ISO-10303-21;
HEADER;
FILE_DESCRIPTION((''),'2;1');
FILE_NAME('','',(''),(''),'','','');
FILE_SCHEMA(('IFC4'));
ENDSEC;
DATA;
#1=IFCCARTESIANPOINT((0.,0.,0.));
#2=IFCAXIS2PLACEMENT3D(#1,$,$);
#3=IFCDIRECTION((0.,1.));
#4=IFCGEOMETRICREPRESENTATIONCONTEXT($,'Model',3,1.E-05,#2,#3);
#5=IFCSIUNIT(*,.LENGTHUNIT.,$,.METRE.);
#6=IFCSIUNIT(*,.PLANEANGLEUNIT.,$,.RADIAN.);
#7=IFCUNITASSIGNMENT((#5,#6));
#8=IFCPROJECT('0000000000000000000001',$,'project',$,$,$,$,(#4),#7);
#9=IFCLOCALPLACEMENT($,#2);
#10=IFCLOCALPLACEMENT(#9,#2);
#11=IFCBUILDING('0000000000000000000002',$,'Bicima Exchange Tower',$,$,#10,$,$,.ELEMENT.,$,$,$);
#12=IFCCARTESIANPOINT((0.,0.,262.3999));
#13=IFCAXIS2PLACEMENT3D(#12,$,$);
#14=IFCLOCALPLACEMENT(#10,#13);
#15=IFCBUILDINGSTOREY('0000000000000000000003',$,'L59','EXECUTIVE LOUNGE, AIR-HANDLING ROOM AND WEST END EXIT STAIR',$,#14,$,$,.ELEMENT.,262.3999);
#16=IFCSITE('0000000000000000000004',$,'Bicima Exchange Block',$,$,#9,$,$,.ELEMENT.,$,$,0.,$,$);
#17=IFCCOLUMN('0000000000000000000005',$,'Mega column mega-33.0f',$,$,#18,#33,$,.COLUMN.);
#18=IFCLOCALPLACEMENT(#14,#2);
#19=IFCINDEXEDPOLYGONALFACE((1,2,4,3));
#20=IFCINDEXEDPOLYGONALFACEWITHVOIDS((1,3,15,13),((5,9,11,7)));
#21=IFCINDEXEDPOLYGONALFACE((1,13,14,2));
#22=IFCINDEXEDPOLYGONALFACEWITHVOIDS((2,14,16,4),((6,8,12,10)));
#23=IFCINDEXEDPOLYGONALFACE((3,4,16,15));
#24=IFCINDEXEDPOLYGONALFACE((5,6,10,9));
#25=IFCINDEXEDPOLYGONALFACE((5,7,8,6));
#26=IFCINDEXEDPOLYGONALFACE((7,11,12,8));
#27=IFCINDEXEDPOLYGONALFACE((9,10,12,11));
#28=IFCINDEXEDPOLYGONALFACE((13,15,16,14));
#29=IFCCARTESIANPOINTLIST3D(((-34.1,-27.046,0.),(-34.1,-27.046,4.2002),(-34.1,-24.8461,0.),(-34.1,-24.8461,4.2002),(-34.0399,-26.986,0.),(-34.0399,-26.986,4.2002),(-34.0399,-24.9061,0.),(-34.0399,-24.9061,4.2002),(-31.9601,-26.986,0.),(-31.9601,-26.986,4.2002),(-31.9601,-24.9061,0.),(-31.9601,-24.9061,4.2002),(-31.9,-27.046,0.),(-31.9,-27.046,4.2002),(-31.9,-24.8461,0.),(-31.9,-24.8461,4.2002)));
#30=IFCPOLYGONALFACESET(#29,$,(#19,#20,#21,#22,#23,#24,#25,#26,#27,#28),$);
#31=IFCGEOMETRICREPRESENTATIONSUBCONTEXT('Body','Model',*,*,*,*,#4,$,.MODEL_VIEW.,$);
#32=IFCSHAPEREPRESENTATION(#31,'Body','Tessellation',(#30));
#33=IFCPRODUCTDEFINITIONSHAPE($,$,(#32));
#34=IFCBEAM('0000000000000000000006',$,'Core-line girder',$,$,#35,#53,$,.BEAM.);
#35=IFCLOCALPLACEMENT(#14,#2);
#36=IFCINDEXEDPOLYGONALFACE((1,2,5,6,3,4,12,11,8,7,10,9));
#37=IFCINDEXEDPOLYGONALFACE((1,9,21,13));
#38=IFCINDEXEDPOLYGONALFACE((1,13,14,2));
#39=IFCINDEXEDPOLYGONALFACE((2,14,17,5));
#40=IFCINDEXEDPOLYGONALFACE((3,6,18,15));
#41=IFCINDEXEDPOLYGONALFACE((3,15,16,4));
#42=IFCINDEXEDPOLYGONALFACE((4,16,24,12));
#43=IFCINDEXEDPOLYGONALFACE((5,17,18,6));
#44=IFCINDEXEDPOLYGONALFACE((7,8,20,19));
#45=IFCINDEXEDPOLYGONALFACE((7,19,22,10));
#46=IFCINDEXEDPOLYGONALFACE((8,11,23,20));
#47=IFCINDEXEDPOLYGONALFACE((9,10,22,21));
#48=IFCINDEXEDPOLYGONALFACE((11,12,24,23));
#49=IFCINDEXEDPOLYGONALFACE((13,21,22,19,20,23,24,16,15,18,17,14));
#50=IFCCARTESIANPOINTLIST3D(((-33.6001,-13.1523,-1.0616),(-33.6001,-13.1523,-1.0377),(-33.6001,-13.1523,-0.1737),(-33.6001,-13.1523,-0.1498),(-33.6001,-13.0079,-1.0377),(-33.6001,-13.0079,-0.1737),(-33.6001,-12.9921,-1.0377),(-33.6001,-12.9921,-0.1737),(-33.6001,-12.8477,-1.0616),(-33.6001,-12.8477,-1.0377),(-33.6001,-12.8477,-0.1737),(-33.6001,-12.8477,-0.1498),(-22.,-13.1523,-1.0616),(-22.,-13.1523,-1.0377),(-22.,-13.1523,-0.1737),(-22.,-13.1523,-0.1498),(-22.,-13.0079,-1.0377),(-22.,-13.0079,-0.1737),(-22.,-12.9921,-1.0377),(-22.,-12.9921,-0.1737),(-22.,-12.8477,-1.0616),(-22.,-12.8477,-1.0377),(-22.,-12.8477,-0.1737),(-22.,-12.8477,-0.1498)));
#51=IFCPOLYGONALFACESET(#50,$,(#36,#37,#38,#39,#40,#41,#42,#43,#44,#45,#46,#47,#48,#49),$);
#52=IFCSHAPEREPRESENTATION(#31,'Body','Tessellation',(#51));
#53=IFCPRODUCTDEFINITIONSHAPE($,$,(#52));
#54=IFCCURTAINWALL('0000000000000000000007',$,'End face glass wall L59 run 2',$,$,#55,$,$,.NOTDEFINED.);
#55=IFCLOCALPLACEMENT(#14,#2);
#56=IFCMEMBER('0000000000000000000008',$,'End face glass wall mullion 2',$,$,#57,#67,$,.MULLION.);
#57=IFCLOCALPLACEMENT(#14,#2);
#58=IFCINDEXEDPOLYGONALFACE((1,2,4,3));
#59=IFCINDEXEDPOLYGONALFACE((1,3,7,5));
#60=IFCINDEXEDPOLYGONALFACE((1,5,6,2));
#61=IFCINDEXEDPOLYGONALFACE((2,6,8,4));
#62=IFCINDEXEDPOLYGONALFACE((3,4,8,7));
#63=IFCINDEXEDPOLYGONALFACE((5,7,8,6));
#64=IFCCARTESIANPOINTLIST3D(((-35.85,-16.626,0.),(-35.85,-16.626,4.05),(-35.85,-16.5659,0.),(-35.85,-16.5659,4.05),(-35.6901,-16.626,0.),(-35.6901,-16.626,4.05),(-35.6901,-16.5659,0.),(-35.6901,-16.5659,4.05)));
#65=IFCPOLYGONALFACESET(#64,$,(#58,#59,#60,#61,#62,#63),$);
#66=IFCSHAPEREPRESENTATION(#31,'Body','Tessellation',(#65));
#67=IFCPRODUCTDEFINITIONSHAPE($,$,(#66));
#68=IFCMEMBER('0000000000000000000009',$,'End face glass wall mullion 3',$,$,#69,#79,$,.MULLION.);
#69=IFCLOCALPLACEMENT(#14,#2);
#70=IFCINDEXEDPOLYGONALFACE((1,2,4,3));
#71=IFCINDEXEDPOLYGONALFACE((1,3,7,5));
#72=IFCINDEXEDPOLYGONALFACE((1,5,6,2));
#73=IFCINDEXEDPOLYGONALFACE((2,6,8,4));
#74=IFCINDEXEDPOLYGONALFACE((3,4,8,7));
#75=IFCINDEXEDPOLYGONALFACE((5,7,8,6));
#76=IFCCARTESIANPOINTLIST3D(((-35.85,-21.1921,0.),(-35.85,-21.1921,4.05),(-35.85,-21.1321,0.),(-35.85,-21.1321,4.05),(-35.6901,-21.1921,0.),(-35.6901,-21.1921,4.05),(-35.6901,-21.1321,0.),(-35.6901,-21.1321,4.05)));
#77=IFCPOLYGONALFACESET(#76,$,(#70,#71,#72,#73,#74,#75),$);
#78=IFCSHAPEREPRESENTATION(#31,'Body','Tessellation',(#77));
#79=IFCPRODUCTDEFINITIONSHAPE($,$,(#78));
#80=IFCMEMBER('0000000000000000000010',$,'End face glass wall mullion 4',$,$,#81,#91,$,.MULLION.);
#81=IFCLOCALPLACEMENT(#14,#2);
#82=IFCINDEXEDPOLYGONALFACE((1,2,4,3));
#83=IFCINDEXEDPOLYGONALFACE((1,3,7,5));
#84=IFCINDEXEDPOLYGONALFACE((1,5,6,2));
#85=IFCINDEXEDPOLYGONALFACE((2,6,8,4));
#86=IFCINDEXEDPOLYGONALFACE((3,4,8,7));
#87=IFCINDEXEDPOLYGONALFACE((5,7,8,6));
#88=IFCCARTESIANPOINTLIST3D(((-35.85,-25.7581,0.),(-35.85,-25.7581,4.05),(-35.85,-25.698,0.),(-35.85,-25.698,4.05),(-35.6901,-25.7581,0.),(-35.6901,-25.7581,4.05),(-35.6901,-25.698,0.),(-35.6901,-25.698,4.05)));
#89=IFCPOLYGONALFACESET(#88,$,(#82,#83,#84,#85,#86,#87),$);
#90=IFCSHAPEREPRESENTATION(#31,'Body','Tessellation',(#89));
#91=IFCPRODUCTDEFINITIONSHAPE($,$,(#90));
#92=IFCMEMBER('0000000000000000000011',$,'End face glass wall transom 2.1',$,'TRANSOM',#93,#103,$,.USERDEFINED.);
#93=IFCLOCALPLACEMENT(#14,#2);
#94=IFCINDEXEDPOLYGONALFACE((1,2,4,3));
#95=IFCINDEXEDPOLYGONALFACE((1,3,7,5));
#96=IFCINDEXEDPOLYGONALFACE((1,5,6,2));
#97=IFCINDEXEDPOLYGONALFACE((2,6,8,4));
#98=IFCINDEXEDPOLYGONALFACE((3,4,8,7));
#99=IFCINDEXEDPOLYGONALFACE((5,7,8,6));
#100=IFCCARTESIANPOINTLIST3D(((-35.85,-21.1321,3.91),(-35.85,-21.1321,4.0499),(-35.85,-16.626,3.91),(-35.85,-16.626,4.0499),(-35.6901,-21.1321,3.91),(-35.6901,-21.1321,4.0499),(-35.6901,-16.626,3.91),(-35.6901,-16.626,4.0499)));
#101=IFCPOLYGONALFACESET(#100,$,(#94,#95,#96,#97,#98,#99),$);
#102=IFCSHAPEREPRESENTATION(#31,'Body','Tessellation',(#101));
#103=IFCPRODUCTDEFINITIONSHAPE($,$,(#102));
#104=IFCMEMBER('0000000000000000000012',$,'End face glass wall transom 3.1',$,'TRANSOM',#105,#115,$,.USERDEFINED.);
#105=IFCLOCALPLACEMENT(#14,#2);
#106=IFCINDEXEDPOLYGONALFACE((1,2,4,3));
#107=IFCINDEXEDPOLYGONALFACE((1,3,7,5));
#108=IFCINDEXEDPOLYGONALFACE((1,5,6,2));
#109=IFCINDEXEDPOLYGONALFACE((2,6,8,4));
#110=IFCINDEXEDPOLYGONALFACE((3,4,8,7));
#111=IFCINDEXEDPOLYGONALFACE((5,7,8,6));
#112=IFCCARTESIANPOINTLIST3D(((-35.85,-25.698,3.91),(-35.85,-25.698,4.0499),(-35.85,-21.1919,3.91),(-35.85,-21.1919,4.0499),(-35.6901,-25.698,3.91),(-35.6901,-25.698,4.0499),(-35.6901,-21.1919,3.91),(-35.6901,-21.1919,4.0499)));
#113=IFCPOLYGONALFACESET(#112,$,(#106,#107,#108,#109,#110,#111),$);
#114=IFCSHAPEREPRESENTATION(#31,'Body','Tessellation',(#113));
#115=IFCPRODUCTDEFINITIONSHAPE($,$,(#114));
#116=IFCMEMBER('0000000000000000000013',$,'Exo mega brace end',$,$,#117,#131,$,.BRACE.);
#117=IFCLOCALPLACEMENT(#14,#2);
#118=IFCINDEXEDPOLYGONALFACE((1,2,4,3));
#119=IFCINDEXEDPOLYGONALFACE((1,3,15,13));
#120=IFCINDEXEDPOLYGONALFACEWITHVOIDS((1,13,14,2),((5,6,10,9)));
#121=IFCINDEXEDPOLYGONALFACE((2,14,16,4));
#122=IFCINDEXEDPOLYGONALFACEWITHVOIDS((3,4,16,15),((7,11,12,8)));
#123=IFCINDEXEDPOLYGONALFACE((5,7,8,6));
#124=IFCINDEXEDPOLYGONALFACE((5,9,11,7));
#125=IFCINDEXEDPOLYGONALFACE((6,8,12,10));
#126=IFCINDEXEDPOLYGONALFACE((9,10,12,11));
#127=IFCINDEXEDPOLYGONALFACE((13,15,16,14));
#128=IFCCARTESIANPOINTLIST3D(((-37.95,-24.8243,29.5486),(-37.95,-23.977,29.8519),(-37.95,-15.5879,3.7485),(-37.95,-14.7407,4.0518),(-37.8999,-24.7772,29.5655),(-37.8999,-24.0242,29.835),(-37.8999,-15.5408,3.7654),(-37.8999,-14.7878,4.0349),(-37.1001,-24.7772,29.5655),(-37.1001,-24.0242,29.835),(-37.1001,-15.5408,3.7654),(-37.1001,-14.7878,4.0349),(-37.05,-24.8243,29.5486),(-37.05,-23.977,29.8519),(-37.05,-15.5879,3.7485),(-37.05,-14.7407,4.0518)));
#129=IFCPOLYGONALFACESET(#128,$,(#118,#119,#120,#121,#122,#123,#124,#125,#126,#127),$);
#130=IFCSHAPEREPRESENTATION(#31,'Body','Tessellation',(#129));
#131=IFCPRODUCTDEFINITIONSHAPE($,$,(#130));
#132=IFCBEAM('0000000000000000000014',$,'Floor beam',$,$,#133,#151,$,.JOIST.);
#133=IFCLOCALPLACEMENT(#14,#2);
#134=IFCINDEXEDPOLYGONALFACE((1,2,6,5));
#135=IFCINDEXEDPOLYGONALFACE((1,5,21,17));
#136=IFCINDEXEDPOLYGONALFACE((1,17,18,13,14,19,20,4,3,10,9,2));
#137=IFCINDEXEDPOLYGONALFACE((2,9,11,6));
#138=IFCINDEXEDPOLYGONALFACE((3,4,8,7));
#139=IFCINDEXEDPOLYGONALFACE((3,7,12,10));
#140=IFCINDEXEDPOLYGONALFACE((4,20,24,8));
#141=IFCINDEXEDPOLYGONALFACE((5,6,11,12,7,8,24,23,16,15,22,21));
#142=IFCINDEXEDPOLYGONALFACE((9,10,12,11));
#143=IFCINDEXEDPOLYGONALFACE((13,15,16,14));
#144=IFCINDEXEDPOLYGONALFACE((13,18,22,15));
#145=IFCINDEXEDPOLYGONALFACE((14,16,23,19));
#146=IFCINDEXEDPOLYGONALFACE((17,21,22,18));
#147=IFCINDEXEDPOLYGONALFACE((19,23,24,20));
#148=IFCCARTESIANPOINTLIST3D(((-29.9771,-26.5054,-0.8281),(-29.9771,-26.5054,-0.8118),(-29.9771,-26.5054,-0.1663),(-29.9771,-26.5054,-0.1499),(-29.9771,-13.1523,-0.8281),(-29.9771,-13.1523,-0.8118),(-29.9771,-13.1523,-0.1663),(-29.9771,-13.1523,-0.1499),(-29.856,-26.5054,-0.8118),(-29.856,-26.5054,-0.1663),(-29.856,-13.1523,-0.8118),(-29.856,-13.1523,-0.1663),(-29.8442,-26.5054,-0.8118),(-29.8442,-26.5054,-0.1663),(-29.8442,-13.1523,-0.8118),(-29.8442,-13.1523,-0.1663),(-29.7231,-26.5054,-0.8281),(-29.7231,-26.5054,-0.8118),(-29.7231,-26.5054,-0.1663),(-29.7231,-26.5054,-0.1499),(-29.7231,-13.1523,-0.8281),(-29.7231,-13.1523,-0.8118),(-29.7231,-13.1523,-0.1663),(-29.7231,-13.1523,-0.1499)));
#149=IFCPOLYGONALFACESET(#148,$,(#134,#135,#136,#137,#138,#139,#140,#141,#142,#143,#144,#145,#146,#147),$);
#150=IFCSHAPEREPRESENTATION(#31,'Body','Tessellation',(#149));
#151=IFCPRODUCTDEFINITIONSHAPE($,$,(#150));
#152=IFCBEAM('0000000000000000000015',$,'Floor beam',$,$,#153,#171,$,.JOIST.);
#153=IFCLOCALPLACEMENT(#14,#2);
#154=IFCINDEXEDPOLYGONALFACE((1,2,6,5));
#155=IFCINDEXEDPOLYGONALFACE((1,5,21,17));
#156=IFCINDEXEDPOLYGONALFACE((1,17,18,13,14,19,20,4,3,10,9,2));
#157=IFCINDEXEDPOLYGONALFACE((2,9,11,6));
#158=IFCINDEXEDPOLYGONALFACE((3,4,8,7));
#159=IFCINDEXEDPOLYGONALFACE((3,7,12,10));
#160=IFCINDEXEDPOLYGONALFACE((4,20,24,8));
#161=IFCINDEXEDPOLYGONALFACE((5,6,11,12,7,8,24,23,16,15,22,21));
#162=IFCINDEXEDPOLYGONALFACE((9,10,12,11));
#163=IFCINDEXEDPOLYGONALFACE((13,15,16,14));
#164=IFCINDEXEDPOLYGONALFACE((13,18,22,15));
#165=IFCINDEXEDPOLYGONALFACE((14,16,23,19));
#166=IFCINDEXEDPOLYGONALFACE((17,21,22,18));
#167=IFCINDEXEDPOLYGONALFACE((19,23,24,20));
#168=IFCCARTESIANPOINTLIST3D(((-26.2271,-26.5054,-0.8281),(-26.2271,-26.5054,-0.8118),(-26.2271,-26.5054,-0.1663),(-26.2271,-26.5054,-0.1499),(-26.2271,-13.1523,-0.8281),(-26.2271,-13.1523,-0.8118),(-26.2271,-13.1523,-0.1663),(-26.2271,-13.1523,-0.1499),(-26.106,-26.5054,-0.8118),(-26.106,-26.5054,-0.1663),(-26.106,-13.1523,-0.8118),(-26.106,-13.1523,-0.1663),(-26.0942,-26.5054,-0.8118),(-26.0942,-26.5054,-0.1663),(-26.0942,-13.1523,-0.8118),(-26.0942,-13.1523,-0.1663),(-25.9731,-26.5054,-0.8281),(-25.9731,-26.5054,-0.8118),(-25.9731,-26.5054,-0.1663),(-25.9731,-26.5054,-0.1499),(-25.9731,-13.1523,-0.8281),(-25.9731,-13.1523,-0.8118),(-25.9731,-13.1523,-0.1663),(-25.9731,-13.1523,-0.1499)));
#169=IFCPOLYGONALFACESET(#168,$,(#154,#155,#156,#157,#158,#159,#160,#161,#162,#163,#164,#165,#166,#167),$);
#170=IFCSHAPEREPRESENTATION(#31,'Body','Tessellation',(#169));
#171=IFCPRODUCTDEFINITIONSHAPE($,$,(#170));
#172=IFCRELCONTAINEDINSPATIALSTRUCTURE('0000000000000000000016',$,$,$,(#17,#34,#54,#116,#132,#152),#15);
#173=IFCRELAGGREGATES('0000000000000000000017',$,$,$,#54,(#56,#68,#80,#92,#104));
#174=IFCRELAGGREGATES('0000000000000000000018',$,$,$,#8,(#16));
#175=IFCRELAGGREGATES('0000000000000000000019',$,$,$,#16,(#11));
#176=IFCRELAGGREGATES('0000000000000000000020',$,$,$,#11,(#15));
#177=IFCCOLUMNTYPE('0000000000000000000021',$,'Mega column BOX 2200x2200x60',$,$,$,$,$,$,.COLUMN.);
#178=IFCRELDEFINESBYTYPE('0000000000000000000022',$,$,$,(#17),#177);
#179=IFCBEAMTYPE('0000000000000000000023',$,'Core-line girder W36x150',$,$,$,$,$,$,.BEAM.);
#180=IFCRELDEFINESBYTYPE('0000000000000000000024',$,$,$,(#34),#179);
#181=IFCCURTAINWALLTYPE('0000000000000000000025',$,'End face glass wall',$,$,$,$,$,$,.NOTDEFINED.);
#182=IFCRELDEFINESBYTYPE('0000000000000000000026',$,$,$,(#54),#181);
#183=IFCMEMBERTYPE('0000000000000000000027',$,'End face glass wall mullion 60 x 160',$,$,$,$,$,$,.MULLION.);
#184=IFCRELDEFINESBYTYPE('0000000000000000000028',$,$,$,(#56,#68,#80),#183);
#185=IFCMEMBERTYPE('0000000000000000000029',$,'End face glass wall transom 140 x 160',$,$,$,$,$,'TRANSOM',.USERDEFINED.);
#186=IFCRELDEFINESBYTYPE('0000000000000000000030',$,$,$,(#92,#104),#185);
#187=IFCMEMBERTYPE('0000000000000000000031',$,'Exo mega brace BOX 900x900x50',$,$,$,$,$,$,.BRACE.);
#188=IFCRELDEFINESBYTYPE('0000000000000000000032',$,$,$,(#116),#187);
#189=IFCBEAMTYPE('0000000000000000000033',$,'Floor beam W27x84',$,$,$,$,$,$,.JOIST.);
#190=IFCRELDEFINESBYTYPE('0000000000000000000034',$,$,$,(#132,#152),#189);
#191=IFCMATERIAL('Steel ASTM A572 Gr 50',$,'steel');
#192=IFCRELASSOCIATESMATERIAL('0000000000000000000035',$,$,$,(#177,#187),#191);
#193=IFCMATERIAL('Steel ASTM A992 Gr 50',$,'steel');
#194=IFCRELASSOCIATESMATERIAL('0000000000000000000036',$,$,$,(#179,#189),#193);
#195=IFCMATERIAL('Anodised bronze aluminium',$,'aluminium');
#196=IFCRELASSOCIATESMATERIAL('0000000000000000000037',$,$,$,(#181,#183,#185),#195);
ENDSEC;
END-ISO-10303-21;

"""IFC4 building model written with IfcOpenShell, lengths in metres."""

from ifc_helpers import new_model, si_unit, direction, frame, origin, origin_2d, place, context, subcontext, project, spatial, rectangle, hollow_rectangle, i_section, extrude, material, material_profile, profile_set, type_object, element, aggregate, save


model = new_model("IFC4")

# Units and contexts
model_context = context("Model", 3, precision=1e-05, world=origin(), true_north=direction((0.0, 1.0)))
body_context = subcontext(model_context, "Body", "Model", "MODEL_VIEW")
ifc_project = project(units=[si_unit("LENGTHUNIT", "METRE"), si_unit("PLANEANGLEUNIT", "RADIAN")], contexts=[model_context])

# Site, building, storey
site_placement = place(None, origin())
site = spatial("IfcSite", under=ifc_project, at=site_placement, Name="Bicima Exchange Block", CompositionType="ELEMENT", RefElevation=0.0)
building_placement = place(site_placement, origin())
building = spatial("IfcBuilding", under=site, at=building_placement, Name="Bicima Exchange Tower", CompositionType="ELEMENT")
storey_placement = place(building_placement, frame((0.0, 0.0, 262.3999)))
storey = spatial("IfcBuildingStorey", under=building, at=storey_placement, Name="L59", Description="EXECUTIVE LOUNGE, AIR-HANDLING ROOM AND WEST END EXIT STAIR", CompositionType="ELEMENT", Elevation=262.3999)

# Column
ifc_material_1 = material(Name="Steel ASTM A572 Gr 50", Category="steel")
ifc_material_profile_1 = material_profile(ifc_material_1, hollow_rectangle(XDim=2.2, YDim=2.2, WallThickness=0.0601, at=origin_2d()))
ifc_profile_set_1 = profile_set([ifc_material_profile_1], Name="Steel ASTM A572 Gr 50")
column_type = type_object("IfcColumnType", Name="Mega column BOX 2200x2200x60", PredefinedType="COLUMN", material=ifc_profile_set_1)
column_placement = place(storey_placement, frame((-33.0, -25.946, 0.0), z_axis=(0.0, 0.0, 1.0), x_axis=(1.0, 0.0, 0.0)))
element("IfcColumn", 1, at=column_placement, inside=storey, type_object=column_type, Name="Mega column mega-33.0f", PredefinedType="COLUMN", context=body_context, shape_type="SweptSolid", body=[
    extrude(hollow_rectangle(XDim=2.2, YDim=2.2, WallThickness=0.0601, at=origin_2d()), origin(), (0.0, 0.0, 1.0), 4.2002),
])

# Beam
ifc_material_2 = material(Name="Steel ASTM A992 Gr 50", Category="steel")
ifc_material_profile_2 = material_profile(ifc_material_2, i_section(OverallWidth=0.3047, OverallDepth=0.9119, WebThickness=0.0159, FlangeThickness=0.0239, at=origin_2d()))
ifc_profile_set_2 = profile_set([ifc_material_profile_2], Name="Steel ASTM A992 Gr 50")
beam_type_1 = type_object("IfcBeamType", Name="Core-line girder W36x150", PredefinedType="BEAM", material=ifc_profile_set_2)
beam_1_placement = place(storey_placement, frame((-22.0, -13.0, -0.6057), z_axis=(-1.0, 0.0, 0.0), x_axis=(0.0, -1.0, 0.0)))
element("IfcBeam", 2, at=beam_1_placement, inside=storey, type_object=beam_type_1, Name="Core-line girder", PredefinedType="BEAM", context=body_context, shape_type="SweptSolid", body=[
    extrude(i_section(OverallWidth=0.3047, OverallDepth=0.9119, WebThickness=0.0159, FlangeThickness=0.0239, at=origin_2d()), origin(), (0.0, 0.0, 1.0), 11.6001),
])

# Curtain wall, members
ifc_material_3 = material(Name="Anodised bronze aluminium", Category="aluminium")
curtain_wall_type_1 = type_object("IfcCurtainWallType", Name="End face glass wall", PredefinedType="NOTDEFINED", material=ifc_material_3)
curtain_wall_1_placement = place(storey_placement, origin())
curtain_wall_1 = element("IfcCurtainWall", 3, at=curtain_wall_1_placement, inside=storey, type_object=curtain_wall_type_1, Name="End face glass wall L59 run 2", PredefinedType="NOTDEFINED")
ifc_material_profile_3 = material_profile(ifc_material_3, rectangle(XDim=0.1599, YDim=0.0601, at=origin_2d()))
ifc_profile_set_3 = profile_set([ifc_material_profile_3], Name="Anodised bronze aluminium")
member_type_1 = type_object("IfcMemberType", Name="End face glass wall mullion 60 x 160", PredefinedType="MULLION", material=ifc_profile_set_3)
member_1_placement = place(storey_placement, frame((-35.77, -16.5959, 0.0), z_axis=(0.0, 0.0, 1.0), x_axis=(1.0, 0.0, 0.0)))
member_1 = element("IfcMember", 4, at=member_1_placement, type_object=member_type_1, Name="End face glass wall mullion 2", PredefinedType="MULLION", context=body_context, shape_type="SweptSolid", body=[
    extrude(rectangle(XDim=0.1599, YDim=0.0601, at=origin_2d()), origin(), (0.0, 0.0, 1.0), 4.05),
])
member_2_placement = place(storey_placement, frame((-35.77, -21.1621, 0.0), z_axis=(0.0, 0.0, 1.0), x_axis=(1.0, 0.0, 0.0)))
member_2 = element("IfcMember", 5, at=member_2_placement, type_object=member_type_1, Name="End face glass wall mullion 3", PredefinedType="MULLION", context=body_context, shape_type="SweptSolid", body=[
    extrude(rectangle(XDim=0.1599, YDim=0.0601, at=origin_2d()), origin(), (0.0, 0.0, 1.0), 4.05),
])
member_3_placement = place(storey_placement, frame((-35.77, -25.728, 0.0), z_axis=(0.0, 0.0, 1.0), x_axis=(1.0, 0.0, 0.0)))
member_3 = element("IfcMember", 6, at=member_3_placement, type_object=member_type_1, Name="End face glass wall mullion 4", PredefinedType="MULLION", context=body_context, shape_type="SweptSolid", body=[
    extrude(rectangle(XDim=0.1599, YDim=0.0601, at=origin_2d()), origin(), (0.0, 0.0, 1.0), 4.05),
])
ifc_material_profile_4 = material_profile(ifc_material_3, rectangle(XDim=0.1599, YDim=0.1399, at=origin_2d()))
ifc_profile_set_4 = profile_set([ifc_material_profile_4], Name="Anodised bronze aluminium")
member_type_2 = type_object("IfcMemberType", Name="End face glass wall transom 140 x 160", ElementType="TRANSOM", PredefinedType="USERDEFINED", material=ifc_profile_set_4)
member_4_placement = place(storey_placement, frame((-35.77, -16.626, 3.98), z_axis=(0.0, -1.0, 0.0), x_axis=(1.0, 0.0, 0.0)))
member_4 = element("IfcMember", 7, at=member_4_placement, type_object=member_type_2, Name="End face glass wall transom 2.1", ObjectType="TRANSOM", PredefinedType="USERDEFINED", context=body_context, shape_type="SweptSolid", body=[
    extrude(rectangle(XDim=0.1599, YDim=0.1399, at=origin_2d()), origin(), (0.0, 0.0, 1.0), 4.5061),
])
member_5_placement = place(storey_placement, frame((-35.77, -21.1919, 3.98), z_axis=(0.0, -1.0, 0.0), x_axis=(1.0, 0.0, 0.0)))
member_5 = element("IfcMember", 8, at=member_5_placement, type_object=member_type_2, Name="End face glass wall transom 3.1", ObjectType="TRANSOM", PredefinedType="USERDEFINED", context=body_context, shape_type="SweptSolid", body=[
    extrude(rectangle(XDim=0.1599, YDim=0.1399, at=origin_2d()), origin(), (0.0, 0.0, 1.0), 4.5061),
])

# Member
ifc_material_profile_5 = material_profile(ifc_material_1, hollow_rectangle(XDim=0.8999, YDim=0.8999, WallThickness=0.05, at=origin_2d()))
ifc_profile_set_5 = profile_set([ifc_material_profile_5], Name="Steel ASTM A572 Gr 50")
member_type_3 = type_object("IfcMemberType", Name="Exo mega brace BOX 900x900x50", PredefinedType="BRACE", material=ifc_profile_set_5)
member_6_placement = place(storey_placement, frame((-37.5, -15.1643, 3.9001), z_axis=(0.0, -0.337049, 0.941487), x_axis=(1.0, 0.0, 0.0)))
element("IfcMember", 9, at=member_6_placement, inside=storey, type_object=member_type_3, Name="Exo mega brace end", PredefinedType="BRACE", context=body_context, shape_type="SweptSolid", body=[
    extrude(hollow_rectangle(XDim=0.8999, YDim=0.8999, WallThickness=0.05, at=origin_2d()), origin(), (0.0, 0.0, 1.0), 27.4036),
])

# Beams
ifc_material_profile_6 = material_profile(ifc_material_2, i_section(OverallWidth=0.2539, OverallDepth=0.6782, WebThickness=0.0117, FlangeThickness=0.0164, at=origin_2d()))
ifc_profile_set_6 = profile_set([ifc_material_profile_6], Name="Steel ASTM A992 Gr 50")
beam_type_2 = type_object("IfcBeamType", Name="Floor beam W27x84", PredefinedType="JOIST", material=ifc_profile_set_6)
for number, where, z_axis, x_axis, name in (
    (10, (-29.8501, -13.1523, -0.489), (0.0, -1.0, 0.0), (1.0, 0.0, 0.0), "Floor beam"),
    (11, (-26.1001, -13.1523, -0.489), (0.0, -1.0, 0.0), (1.0, 0.0, 0.0), "Floor beam"),
):
    element("IfcBeam", number, at=place(storey_placement, frame(where, z_axis=z_axis, x_axis=x_axis)), inside=storey, type_object=beam_type_2, Name=name, PredefinedType="JOIST", context=body_context, shape_type="SweptSolid", body=[
        extrude(i_section(OverallWidth=0.2539, OverallDepth=0.6782, WebThickness=0.0117, FlangeThickness=0.0164, at=origin_2d()), origin(), (0.0, 0.0, 1.0), 13.353),
    ])

aggregate(curtain_wall_1, [member_1, member_2, member_3, member_4, member_5])

save(model, "model.ifc")
